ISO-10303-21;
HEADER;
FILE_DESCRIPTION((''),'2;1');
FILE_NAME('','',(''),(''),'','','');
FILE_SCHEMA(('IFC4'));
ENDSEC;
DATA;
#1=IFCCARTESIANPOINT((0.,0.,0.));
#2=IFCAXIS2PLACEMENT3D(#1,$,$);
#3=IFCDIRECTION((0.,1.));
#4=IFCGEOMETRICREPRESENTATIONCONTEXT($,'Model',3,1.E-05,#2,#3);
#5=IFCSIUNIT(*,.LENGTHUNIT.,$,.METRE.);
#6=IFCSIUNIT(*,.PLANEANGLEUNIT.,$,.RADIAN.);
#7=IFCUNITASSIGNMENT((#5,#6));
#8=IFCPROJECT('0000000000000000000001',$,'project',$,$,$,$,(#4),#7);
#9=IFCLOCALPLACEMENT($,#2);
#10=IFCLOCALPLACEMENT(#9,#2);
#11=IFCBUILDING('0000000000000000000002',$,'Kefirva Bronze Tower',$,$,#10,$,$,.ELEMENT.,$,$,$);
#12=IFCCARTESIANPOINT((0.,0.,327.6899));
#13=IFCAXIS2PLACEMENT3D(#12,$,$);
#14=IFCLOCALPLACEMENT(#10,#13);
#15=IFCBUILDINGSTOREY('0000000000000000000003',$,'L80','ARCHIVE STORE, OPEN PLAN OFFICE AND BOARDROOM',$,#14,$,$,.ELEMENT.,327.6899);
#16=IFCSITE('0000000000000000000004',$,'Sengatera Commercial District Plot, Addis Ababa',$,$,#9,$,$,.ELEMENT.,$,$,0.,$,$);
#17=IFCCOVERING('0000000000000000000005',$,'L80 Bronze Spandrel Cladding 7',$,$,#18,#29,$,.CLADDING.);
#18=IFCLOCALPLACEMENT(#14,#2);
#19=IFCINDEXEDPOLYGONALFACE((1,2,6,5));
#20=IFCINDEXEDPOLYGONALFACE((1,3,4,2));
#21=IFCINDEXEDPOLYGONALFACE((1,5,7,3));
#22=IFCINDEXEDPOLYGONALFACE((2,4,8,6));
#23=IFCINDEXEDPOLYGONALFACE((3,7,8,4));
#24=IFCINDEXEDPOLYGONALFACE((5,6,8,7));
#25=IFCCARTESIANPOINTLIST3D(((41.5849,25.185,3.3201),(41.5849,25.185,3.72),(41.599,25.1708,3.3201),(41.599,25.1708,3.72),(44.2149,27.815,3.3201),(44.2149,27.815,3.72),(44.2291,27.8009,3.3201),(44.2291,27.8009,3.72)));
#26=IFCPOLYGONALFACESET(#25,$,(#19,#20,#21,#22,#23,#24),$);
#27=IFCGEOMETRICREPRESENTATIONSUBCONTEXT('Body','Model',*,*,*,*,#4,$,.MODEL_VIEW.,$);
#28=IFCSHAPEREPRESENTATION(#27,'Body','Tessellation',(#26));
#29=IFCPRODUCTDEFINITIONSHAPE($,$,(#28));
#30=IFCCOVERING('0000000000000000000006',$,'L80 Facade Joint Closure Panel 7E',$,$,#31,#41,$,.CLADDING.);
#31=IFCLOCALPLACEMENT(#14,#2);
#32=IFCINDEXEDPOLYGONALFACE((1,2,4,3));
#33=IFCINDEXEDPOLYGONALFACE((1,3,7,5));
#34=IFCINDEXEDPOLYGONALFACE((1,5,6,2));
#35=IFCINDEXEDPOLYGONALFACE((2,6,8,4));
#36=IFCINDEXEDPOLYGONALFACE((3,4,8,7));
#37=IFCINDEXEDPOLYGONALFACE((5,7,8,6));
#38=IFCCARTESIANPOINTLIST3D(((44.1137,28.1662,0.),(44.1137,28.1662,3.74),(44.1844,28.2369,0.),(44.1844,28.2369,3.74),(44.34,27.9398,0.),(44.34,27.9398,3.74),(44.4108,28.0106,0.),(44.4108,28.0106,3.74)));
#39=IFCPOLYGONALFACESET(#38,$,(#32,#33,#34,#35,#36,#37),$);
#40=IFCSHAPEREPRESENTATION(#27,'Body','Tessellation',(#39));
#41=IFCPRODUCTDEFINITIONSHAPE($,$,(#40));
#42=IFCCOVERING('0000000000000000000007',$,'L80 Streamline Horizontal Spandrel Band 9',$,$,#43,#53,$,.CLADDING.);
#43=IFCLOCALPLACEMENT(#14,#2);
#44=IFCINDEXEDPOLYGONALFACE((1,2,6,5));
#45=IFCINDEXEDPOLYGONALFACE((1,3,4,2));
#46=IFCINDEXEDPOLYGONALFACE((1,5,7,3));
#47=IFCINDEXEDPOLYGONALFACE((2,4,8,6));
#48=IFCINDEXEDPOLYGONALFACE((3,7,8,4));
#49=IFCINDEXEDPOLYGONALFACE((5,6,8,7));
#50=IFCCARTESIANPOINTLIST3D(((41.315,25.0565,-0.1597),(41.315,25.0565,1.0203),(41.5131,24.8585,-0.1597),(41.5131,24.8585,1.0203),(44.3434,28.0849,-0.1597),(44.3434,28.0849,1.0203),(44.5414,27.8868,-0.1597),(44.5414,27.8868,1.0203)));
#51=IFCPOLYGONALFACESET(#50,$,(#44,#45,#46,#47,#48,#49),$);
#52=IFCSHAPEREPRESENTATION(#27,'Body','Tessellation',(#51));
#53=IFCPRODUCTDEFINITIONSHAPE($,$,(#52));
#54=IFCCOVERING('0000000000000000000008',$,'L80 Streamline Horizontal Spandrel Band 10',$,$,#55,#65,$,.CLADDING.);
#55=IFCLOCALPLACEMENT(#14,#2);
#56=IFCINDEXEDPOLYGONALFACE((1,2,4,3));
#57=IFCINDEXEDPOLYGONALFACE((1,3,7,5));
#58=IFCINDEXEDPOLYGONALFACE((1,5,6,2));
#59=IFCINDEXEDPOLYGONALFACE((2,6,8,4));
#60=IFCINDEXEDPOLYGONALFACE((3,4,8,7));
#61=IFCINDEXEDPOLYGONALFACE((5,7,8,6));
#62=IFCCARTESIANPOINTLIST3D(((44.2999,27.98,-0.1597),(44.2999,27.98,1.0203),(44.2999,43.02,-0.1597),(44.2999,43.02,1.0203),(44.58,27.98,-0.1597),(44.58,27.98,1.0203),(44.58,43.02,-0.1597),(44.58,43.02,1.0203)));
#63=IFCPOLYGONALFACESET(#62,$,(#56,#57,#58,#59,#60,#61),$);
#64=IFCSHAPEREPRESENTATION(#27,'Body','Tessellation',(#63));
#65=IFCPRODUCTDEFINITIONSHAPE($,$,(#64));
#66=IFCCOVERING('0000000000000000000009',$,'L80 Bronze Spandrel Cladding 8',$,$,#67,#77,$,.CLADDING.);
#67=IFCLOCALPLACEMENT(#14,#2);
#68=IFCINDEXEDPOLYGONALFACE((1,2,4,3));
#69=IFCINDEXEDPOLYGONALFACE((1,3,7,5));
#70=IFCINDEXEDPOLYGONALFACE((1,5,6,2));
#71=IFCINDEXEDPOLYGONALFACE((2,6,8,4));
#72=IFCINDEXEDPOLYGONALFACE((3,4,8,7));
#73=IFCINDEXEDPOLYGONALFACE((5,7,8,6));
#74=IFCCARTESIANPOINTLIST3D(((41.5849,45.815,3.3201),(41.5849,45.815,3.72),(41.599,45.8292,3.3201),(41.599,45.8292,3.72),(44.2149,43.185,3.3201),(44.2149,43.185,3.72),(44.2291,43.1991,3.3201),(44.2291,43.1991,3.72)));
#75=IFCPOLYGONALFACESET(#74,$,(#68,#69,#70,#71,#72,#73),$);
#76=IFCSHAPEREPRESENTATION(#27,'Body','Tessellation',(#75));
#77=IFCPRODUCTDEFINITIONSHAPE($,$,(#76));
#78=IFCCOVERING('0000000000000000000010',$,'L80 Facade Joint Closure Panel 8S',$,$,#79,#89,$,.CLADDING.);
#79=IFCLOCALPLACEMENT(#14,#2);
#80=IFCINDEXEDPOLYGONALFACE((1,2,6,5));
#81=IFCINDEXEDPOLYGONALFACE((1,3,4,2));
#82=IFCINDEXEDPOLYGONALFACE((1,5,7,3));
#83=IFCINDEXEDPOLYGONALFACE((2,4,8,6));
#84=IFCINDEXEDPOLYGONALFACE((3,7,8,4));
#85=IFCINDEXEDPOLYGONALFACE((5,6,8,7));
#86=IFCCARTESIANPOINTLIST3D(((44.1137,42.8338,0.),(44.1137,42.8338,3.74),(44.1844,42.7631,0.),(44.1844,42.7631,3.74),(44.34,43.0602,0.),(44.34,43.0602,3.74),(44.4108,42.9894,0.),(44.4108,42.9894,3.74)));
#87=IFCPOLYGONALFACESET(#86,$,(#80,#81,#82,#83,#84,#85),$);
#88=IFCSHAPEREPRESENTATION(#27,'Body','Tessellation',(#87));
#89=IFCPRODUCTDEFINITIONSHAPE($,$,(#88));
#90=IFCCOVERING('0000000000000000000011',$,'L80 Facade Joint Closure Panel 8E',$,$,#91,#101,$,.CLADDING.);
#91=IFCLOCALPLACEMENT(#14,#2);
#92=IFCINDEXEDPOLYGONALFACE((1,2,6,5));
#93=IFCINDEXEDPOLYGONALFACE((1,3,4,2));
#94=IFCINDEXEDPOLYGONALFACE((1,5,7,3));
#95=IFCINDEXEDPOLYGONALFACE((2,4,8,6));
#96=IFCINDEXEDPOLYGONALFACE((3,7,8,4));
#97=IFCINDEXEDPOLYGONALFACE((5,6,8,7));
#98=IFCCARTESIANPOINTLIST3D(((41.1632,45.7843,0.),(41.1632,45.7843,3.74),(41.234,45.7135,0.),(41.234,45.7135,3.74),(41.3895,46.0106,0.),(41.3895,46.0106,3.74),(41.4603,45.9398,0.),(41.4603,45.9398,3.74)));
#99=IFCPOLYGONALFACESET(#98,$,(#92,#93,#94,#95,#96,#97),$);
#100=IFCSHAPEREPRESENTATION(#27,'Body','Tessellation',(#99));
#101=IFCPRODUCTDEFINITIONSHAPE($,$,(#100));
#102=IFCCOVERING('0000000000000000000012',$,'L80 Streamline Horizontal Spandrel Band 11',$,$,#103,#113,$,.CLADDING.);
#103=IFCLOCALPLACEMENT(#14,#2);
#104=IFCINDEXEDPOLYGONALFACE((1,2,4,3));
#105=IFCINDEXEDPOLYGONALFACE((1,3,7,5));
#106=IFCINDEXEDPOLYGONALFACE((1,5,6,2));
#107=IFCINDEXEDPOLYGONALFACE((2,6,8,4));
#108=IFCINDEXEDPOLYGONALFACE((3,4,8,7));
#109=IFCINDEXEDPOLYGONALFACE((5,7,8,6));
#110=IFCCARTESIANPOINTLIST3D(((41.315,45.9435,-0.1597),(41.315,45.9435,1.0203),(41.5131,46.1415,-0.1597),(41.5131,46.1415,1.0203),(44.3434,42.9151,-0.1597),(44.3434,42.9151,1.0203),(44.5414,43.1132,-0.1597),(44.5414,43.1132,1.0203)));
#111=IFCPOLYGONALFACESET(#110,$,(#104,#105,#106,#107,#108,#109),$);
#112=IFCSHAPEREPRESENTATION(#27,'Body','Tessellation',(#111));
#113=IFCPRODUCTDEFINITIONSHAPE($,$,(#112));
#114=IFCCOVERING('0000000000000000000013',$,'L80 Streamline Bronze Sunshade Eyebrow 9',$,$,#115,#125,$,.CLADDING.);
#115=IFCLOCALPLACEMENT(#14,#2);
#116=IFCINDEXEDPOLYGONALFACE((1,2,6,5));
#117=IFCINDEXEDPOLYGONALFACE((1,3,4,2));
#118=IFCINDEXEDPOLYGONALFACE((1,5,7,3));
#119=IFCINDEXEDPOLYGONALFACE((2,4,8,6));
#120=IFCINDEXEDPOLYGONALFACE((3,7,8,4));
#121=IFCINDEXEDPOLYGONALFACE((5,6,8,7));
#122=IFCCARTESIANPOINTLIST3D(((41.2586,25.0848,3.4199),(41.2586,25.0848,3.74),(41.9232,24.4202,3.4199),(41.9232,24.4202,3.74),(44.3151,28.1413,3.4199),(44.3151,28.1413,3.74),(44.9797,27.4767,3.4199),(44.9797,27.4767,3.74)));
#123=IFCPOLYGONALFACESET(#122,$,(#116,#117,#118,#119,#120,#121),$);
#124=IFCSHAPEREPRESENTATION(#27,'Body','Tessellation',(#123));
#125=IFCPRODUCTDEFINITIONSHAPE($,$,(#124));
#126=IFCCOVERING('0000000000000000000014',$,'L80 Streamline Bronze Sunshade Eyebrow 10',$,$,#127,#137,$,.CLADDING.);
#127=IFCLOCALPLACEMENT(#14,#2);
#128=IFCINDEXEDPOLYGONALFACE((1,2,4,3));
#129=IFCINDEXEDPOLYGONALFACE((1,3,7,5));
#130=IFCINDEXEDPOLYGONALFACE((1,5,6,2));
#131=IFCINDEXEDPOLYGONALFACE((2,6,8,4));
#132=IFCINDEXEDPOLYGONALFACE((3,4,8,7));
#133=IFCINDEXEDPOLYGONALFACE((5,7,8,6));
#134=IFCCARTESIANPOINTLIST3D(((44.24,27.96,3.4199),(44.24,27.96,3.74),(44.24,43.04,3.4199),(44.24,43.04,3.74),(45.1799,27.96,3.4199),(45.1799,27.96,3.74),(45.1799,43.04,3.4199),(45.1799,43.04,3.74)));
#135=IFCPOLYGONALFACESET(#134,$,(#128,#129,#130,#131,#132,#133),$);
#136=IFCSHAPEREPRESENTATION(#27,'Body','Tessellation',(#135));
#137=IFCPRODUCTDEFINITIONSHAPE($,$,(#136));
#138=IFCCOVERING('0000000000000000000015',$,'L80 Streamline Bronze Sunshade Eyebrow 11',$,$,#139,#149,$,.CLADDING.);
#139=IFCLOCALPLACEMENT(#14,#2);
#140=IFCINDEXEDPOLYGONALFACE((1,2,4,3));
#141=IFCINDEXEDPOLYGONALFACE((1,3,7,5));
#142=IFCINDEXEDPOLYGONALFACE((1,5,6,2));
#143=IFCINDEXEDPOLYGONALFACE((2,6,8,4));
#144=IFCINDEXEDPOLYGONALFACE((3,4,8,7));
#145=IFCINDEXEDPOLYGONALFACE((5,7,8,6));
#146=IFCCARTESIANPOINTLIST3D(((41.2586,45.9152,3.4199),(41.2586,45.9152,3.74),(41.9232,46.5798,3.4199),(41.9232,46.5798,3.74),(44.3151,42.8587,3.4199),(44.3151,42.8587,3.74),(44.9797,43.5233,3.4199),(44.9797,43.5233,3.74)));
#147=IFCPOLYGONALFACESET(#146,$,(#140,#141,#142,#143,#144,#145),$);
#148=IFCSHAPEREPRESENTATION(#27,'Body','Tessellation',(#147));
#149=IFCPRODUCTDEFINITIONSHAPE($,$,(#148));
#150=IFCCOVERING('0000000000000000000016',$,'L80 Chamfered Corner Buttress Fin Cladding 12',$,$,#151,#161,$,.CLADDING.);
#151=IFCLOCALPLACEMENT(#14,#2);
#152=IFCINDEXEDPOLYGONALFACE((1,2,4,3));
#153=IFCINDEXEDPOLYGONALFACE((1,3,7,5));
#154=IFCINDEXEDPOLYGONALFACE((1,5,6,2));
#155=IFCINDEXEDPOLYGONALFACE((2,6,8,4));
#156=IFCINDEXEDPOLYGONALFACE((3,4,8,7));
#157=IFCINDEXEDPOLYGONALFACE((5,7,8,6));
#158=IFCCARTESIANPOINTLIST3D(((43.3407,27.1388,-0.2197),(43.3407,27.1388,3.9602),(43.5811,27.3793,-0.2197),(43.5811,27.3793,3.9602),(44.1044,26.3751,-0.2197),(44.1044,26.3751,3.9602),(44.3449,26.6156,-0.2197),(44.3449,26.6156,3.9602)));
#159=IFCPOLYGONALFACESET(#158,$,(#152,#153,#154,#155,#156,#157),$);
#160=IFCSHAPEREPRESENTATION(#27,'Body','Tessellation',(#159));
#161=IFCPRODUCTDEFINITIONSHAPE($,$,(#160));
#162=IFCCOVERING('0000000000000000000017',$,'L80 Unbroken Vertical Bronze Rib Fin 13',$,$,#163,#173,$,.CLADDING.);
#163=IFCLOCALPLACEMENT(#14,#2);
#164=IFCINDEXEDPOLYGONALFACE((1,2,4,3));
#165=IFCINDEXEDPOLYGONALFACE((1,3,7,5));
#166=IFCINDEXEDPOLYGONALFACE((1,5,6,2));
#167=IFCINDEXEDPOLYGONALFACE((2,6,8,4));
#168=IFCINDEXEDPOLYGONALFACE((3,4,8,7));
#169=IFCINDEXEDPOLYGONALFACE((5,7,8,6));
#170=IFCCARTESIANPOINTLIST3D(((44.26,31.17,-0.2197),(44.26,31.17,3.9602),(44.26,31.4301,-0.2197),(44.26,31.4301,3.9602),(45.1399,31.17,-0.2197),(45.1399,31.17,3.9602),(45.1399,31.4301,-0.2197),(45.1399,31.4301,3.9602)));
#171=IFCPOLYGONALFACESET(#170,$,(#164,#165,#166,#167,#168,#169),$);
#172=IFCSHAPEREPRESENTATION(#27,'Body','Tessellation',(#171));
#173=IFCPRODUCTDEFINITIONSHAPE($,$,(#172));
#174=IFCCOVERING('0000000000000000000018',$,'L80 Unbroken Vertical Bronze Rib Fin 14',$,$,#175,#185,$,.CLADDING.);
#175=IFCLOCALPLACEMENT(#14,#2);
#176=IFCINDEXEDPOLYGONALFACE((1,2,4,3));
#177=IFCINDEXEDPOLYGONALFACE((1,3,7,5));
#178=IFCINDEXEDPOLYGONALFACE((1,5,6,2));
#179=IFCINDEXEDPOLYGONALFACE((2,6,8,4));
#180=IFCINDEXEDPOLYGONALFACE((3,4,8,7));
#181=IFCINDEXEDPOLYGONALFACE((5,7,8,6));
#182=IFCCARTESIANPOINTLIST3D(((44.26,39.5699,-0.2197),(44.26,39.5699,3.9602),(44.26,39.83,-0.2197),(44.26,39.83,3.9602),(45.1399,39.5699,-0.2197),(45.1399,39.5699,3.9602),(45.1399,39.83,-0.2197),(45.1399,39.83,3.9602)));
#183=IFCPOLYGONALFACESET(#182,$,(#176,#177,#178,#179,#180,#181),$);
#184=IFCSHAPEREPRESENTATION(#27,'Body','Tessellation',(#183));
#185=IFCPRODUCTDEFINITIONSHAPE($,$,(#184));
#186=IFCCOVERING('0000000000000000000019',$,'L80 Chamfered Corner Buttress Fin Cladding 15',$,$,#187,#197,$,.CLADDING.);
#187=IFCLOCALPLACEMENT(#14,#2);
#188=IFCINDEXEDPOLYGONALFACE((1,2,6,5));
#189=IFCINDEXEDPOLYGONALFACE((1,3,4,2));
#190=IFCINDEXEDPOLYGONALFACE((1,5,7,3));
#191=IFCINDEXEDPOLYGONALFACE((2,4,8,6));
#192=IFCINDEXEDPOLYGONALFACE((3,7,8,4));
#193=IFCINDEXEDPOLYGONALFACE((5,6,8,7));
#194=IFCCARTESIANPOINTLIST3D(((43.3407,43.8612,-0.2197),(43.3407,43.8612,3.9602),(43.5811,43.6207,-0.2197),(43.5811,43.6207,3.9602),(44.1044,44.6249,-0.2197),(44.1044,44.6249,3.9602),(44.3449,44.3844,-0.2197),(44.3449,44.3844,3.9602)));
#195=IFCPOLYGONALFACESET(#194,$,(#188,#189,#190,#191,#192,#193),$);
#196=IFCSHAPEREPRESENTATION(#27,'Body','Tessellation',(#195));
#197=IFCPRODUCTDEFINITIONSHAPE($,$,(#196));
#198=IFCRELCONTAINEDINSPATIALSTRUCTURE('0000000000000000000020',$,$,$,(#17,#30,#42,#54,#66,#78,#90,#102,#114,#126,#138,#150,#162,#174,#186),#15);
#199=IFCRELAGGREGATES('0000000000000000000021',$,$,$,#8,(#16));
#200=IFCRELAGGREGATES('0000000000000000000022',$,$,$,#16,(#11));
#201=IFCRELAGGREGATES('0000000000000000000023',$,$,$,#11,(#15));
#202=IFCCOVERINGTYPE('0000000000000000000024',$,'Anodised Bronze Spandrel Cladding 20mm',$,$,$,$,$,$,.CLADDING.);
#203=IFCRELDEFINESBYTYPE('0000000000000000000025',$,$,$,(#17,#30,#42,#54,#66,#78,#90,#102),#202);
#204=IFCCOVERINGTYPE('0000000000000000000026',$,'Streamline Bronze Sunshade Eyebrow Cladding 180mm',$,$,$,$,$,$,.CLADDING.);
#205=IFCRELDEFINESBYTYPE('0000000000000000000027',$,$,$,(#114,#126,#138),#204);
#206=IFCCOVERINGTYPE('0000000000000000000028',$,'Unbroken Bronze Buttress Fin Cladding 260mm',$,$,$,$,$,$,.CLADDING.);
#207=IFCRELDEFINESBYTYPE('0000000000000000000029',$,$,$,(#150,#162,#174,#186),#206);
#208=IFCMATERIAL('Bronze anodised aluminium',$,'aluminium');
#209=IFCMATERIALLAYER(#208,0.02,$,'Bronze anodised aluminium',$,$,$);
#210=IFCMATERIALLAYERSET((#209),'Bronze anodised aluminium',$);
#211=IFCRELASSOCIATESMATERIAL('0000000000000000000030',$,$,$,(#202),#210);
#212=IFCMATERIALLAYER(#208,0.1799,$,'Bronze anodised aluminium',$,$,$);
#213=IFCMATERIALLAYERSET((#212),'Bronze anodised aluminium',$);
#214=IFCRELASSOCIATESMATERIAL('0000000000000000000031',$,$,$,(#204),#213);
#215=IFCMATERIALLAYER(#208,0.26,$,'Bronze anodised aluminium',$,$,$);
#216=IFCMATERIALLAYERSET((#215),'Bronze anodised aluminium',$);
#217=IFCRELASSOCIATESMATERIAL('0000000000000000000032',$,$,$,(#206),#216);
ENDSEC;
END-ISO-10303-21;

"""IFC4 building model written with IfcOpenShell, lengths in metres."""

from ifc_helpers import new_model, si_unit, direction, frame, origin, origin_2d, place, context, subcontext, project, spatial, rectangle, extrude, material, layer, layer_set, type_object, element, save


model = new_model("IFC4")

# Units and contexts
model_context = context("Model", 3, precision=1e-05, world=origin(), true_north=direction((0.0, 1.0)))
body_context = subcontext(model_context, "Body", "Model", "MODEL_VIEW")
ifc_project = project(units=[si_unit("LENGTHUNIT", "METRE"), si_unit("PLANEANGLEUNIT", "RADIAN")], contexts=[model_context])

# Site, building, storey
site_placement = place(None, origin())
site = spatial("IfcSite", under=ifc_project, at=site_placement, Name="Sengatera Commercial District Plot, Addis Ababa", CompositionType="ELEMENT", RefElevation=0.0)
building_placement = place(site_placement, origin())
building = spatial("IfcBuilding", under=site, at=building_placement, Name="Kefirva Bronze Tower", CompositionType="ELEMENT")
storey_placement = place(building_placement, frame((0.0, 0.0, 327.6899)))
storey = spatial("IfcBuildingStorey", under=building, at=storey_placement, Name="L80", Description="ARCHIVE STORE, OPEN PLAN OFFICE AND BOARDROOM", CompositionType="ELEMENT", Elevation=327.6899)

# Shared definitions
ifc_material_1 = material(Name="Bronze anodised aluminium", Category="aluminium")

# Coverings
ifc_layer_1 = layer(ifc_material_1, 0.02, Name="Bronze anodised aluminium")
ifc_layer_set_1 = layer_set([ifc_layer_1], Name="Bronze anodised aluminium")
covering_type_1 = type_object("IfcCoveringType", Name="Anodised Bronze Spandrel Cladding 20mm", PredefinedType="CLADDING", material=ifc_layer_set_1)
covering_1_placement = place(storey_placement, frame((42.907, 26.4929, 3.3201), z_axis=(0.0, 0.0, 1.0), x_axis=(0.707107, 0.707107, 0.0)))
element("IfcCovering", 1, at=covering_1_placement, inside=storey, type_object=covering_type_1, Name="L80 Bronze Spandrel Cladding 7", PredefinedType="CLADDING", context=body_context, shape_type="SweptSolid", body=[
    extrude(rectangle(XDim=3.7195, YDim=0.02, at=origin_2d()), origin(), (0.0, 0.0, 1.0), 0.3999),
])
covering_2_placement = place(storey_placement, frame((44.2622, 28.0884, 0.0), z_axis=(0.0, 0.0, 1.0), x_axis=(0.707107, 0.707107, 0.0)))
element("IfcCovering", 2, at=covering_2_placement, inside=storey, type_object=covering_type_1, Name="L80 Facade Joint Closure Panel 7E", PredefinedType="CLADDING", context=body_context, shape_type="SweptSolid", body=[
    extrude(rectangle(XDim=0.1001, YDim=0.3201, at=origin_2d()), origin(), (0.0, 0.0, 1.0), 3.74),
])
covering_3_placement = place(storey_placement, frame((42.9282, 26.4717, -0.1597), z_axis=(0.0, 0.0, 1.0), x_axis=(0.707107, 0.707107, 0.0)))
element("IfcCovering", 3, at=covering_3_placement, inside=storey, type_object=covering_type_1, Name="L80 Streamline Horizontal Spandrel Band 9", PredefinedType="CLADDING", context=body_context, shape_type="SweptSolid", body=[
    extrude(rectangle(XDim=4.2827, YDim=0.28, at=origin_2d()), origin(), (0.0, 0.0, 1.0), 1.1799),
])
covering_4_placement = place(storey_placement, frame((44.4399, 35.5, -0.1597), z_axis=(0.0, 0.0, 1.0), x_axis=(0.0, 1.0, 0.0)))
element("IfcCovering", 4, at=covering_4_placement, inside=storey, type_object=covering_type_1, Name="L80 Streamline Horizontal Spandrel Band 10", PredefinedType="CLADDING", context=body_context, shape_type="SweptSolid", body=[
    extrude(rectangle(XDim=15.04, YDim=0.28, at=origin_2d()), origin(), (0.0, 0.0, 1.0), 1.1799),
])
covering_5_placement = place(storey_placement, frame((42.907, 44.5071, 3.3201), z_axis=(0.0, 0.0, 1.0), x_axis=(-0.707107, 0.707107, 0.0)))
element("IfcCovering", 5, at=covering_5_placement, inside=storey, type_object=covering_type_1, Name="L80 Bronze Spandrel Cladding 8", PredefinedType="CLADDING", context=body_context, shape_type="SweptSolid", body=[
    extrude(rectangle(XDim=3.7195, YDim=0.02, at=origin_2d()), origin(), (0.0, 0.0, 1.0), 0.3999),
])
for number, where, z_axis, x_axis, name in (
    (6, (44.2622, 42.9116, 0.0), (0.0, 0.0, 1.0), (-0.707107, 0.707107, 0.0), "L80 Facade Joint Closure Panel 8S"),
    (7, (41.3118, 45.8621, 0.0), (0.0, 0.0, 1.0), (-0.707107, 0.707107, 0.0), "L80 Facade Joint Closure Panel 8E"),
):
    element("IfcCovering", number, at=place(storey_placement, frame(where, z_axis=z_axis, x_axis=x_axis)), inside=storey, type_object=covering_type_1, Name=name, PredefinedType="CLADDING", context=body_context, shape_type="SweptSolid", body=[
        extrude(rectangle(XDim=0.1001, YDim=0.3201, at=origin_2d()), origin(), (0.0, 0.0, 1.0), 3.74),
    ])
covering_6_placement = place(storey_placement, frame((42.9282, 44.5283, -0.1597), z_axis=(0.0, 0.0, 1.0), x_axis=(-0.707107, 0.707107, 0.0)))
element("IfcCovering", 8, at=covering_6_placement, inside=storey, type_object=covering_type_1, Name="L80 Streamline Horizontal Spandrel Band 11", PredefinedType="CLADDING", context=body_context, shape_type="SweptSolid", body=[
    extrude(rectangle(XDim=4.2827, YDim=0.28, at=origin_2d()), origin(), (0.0, 0.0, 1.0), 1.1799),
])
ifc_layer_2 = layer(ifc_material_1, 0.1799, Name="Bronze anodised aluminium")
ifc_layer_set_2 = layer_set([ifc_layer_2], Name="Bronze anodised aluminium")
covering_type_2 = type_object("IfcCoveringType", Name="Streamline Bronze Sunshade Eyebrow Cladding 180mm", PredefinedType="CLADDING", material=ifc_layer_set_2)
covering_7_placement = place(storey_placement, frame((43.1191, 26.2808, 3.4199), z_axis=(0.0, 0.0, 1.0), x_axis=(0.707107, 0.707107, 0.0)))
element("IfcCovering", 9, at=covering_7_placement, inside=storey, type_object=covering_type_2, Name="L80 Streamline Bronze Sunshade Eyebrow 9", PredefinedType="CLADDING", context=body_context, shape_type="SweptSolid", body=[
    extrude(rectangle(XDim=4.3225, YDim=0.9399, at=origin_2d()), origin(), (0.0, 0.0, 1.0), 0.3201),
])
covering_8_placement = place(storey_placement, frame((44.71, 35.5, 3.4199), z_axis=(0.0, 0.0, 1.0), x_axis=(0.0, 1.0, 0.0)))
element("IfcCovering", 10, at=covering_8_placement, inside=storey, type_object=covering_type_2, Name="L80 Streamline Bronze Sunshade Eyebrow 10", PredefinedType="CLADDING", context=body_context, shape_type="SweptSolid", body=[
    extrude(rectangle(XDim=15.0801, YDim=0.9399, at=origin_2d()), origin(), (0.0, 0.0, 1.0), 0.3201),
])
covering_9_placement = place(storey_placement, frame((43.1191, 44.7192, 3.4199), z_axis=(0.0, 0.0, 1.0), x_axis=(-0.707107, 0.707107, 0.0)))
element("IfcCovering", 11, at=covering_9_placement, inside=storey, type_object=covering_type_2, Name="L80 Streamline Bronze Sunshade Eyebrow 11", PredefinedType="CLADDING", context=body_context, shape_type="SweptSolid", body=[
    extrude(rectangle(XDim=4.3225, YDim=0.9399, at=origin_2d()), origin(), (0.0, 0.0, 1.0), 0.3201),
])
ifc_layer_3 = layer(ifc_material_1, 0.26, Name="Bronze anodised aluminium")
ifc_layer_set_3 = layer_set([ifc_layer_3], Name="Bronze anodised aluminium")
covering_type_3 = type_object("IfcCoveringType", Name="Unbroken Bronze Buttress Fin Cladding 260mm", PredefinedType="CLADDING", material=ifc_layer_set_3)
covering_10_placement = place(storey_placement, frame((43.8428, 26.8772, -0.2197), z_axis=(0.0, 0.0, 1.0), x_axis=(0.707107, 0.707107, 0.0)))
element("IfcCovering", 12, at=covering_10_placement, inside=storey, type_object=covering_type_3, Name="L80 Chamfered Corner Buttress Fin Cladding 12", PredefinedType="CLADDING", context=body_context, shape_type="SweptSolid", body=[
    extrude(rectangle(XDim=0.3401, YDim=1.0801, at=origin_2d()), origin(), (0.0, 0.0, 1.0), 4.1799),
])
for number, where, z_axis, x_axis, name in (
    (13, (44.7, 31.3, -0.2197), (0.0, 0.0, 1.0), (0.0, 1.0, 0.0), "L80 Unbroken Vertical Bronze Rib Fin 13"),
    (14, (44.7, 39.7, -0.2197), (0.0, 0.0, 1.0), (0.0, 1.0, 0.0), "L80 Unbroken Vertical Bronze Rib Fin 14"),
):
    element("IfcCovering", number, at=place(storey_placement, frame(where, z_axis=z_axis, x_axis=x_axis)), inside=storey, type_object=covering_type_3, Name=name, PredefinedType="CLADDING", context=body_context, shape_type="SweptSolid", body=[
        extrude(rectangle(XDim=0.26, YDim=0.8799, at=origin_2d()), origin(), (0.0, 0.0, 1.0), 4.1799),
    ])
for number, where, z_axis, x_axis, name in (
    (15, (43.8428, 44.1228, -0.2197), (0.0, 0.0, 1.0), (-0.707107, 0.707107, 0.0), "L80 Chamfered Corner Buttress Fin Cladding 15"),
):
    element("IfcCovering", number, at=place(storey_placement, frame(where, z_axis=z_axis, x_axis=x_axis)), inside=storey, type_object=covering_type_3, Name=name, PredefinedType="CLADDING", context=body_context, shape_type="SweptSolid", body=[
        extrude(rectangle(XDim=0.3401, YDim=1.0801, at=origin_2d()), origin(), (0.0, 0.0, 1.0), 4.1799),
    ])

save(model, "model.ifc")
